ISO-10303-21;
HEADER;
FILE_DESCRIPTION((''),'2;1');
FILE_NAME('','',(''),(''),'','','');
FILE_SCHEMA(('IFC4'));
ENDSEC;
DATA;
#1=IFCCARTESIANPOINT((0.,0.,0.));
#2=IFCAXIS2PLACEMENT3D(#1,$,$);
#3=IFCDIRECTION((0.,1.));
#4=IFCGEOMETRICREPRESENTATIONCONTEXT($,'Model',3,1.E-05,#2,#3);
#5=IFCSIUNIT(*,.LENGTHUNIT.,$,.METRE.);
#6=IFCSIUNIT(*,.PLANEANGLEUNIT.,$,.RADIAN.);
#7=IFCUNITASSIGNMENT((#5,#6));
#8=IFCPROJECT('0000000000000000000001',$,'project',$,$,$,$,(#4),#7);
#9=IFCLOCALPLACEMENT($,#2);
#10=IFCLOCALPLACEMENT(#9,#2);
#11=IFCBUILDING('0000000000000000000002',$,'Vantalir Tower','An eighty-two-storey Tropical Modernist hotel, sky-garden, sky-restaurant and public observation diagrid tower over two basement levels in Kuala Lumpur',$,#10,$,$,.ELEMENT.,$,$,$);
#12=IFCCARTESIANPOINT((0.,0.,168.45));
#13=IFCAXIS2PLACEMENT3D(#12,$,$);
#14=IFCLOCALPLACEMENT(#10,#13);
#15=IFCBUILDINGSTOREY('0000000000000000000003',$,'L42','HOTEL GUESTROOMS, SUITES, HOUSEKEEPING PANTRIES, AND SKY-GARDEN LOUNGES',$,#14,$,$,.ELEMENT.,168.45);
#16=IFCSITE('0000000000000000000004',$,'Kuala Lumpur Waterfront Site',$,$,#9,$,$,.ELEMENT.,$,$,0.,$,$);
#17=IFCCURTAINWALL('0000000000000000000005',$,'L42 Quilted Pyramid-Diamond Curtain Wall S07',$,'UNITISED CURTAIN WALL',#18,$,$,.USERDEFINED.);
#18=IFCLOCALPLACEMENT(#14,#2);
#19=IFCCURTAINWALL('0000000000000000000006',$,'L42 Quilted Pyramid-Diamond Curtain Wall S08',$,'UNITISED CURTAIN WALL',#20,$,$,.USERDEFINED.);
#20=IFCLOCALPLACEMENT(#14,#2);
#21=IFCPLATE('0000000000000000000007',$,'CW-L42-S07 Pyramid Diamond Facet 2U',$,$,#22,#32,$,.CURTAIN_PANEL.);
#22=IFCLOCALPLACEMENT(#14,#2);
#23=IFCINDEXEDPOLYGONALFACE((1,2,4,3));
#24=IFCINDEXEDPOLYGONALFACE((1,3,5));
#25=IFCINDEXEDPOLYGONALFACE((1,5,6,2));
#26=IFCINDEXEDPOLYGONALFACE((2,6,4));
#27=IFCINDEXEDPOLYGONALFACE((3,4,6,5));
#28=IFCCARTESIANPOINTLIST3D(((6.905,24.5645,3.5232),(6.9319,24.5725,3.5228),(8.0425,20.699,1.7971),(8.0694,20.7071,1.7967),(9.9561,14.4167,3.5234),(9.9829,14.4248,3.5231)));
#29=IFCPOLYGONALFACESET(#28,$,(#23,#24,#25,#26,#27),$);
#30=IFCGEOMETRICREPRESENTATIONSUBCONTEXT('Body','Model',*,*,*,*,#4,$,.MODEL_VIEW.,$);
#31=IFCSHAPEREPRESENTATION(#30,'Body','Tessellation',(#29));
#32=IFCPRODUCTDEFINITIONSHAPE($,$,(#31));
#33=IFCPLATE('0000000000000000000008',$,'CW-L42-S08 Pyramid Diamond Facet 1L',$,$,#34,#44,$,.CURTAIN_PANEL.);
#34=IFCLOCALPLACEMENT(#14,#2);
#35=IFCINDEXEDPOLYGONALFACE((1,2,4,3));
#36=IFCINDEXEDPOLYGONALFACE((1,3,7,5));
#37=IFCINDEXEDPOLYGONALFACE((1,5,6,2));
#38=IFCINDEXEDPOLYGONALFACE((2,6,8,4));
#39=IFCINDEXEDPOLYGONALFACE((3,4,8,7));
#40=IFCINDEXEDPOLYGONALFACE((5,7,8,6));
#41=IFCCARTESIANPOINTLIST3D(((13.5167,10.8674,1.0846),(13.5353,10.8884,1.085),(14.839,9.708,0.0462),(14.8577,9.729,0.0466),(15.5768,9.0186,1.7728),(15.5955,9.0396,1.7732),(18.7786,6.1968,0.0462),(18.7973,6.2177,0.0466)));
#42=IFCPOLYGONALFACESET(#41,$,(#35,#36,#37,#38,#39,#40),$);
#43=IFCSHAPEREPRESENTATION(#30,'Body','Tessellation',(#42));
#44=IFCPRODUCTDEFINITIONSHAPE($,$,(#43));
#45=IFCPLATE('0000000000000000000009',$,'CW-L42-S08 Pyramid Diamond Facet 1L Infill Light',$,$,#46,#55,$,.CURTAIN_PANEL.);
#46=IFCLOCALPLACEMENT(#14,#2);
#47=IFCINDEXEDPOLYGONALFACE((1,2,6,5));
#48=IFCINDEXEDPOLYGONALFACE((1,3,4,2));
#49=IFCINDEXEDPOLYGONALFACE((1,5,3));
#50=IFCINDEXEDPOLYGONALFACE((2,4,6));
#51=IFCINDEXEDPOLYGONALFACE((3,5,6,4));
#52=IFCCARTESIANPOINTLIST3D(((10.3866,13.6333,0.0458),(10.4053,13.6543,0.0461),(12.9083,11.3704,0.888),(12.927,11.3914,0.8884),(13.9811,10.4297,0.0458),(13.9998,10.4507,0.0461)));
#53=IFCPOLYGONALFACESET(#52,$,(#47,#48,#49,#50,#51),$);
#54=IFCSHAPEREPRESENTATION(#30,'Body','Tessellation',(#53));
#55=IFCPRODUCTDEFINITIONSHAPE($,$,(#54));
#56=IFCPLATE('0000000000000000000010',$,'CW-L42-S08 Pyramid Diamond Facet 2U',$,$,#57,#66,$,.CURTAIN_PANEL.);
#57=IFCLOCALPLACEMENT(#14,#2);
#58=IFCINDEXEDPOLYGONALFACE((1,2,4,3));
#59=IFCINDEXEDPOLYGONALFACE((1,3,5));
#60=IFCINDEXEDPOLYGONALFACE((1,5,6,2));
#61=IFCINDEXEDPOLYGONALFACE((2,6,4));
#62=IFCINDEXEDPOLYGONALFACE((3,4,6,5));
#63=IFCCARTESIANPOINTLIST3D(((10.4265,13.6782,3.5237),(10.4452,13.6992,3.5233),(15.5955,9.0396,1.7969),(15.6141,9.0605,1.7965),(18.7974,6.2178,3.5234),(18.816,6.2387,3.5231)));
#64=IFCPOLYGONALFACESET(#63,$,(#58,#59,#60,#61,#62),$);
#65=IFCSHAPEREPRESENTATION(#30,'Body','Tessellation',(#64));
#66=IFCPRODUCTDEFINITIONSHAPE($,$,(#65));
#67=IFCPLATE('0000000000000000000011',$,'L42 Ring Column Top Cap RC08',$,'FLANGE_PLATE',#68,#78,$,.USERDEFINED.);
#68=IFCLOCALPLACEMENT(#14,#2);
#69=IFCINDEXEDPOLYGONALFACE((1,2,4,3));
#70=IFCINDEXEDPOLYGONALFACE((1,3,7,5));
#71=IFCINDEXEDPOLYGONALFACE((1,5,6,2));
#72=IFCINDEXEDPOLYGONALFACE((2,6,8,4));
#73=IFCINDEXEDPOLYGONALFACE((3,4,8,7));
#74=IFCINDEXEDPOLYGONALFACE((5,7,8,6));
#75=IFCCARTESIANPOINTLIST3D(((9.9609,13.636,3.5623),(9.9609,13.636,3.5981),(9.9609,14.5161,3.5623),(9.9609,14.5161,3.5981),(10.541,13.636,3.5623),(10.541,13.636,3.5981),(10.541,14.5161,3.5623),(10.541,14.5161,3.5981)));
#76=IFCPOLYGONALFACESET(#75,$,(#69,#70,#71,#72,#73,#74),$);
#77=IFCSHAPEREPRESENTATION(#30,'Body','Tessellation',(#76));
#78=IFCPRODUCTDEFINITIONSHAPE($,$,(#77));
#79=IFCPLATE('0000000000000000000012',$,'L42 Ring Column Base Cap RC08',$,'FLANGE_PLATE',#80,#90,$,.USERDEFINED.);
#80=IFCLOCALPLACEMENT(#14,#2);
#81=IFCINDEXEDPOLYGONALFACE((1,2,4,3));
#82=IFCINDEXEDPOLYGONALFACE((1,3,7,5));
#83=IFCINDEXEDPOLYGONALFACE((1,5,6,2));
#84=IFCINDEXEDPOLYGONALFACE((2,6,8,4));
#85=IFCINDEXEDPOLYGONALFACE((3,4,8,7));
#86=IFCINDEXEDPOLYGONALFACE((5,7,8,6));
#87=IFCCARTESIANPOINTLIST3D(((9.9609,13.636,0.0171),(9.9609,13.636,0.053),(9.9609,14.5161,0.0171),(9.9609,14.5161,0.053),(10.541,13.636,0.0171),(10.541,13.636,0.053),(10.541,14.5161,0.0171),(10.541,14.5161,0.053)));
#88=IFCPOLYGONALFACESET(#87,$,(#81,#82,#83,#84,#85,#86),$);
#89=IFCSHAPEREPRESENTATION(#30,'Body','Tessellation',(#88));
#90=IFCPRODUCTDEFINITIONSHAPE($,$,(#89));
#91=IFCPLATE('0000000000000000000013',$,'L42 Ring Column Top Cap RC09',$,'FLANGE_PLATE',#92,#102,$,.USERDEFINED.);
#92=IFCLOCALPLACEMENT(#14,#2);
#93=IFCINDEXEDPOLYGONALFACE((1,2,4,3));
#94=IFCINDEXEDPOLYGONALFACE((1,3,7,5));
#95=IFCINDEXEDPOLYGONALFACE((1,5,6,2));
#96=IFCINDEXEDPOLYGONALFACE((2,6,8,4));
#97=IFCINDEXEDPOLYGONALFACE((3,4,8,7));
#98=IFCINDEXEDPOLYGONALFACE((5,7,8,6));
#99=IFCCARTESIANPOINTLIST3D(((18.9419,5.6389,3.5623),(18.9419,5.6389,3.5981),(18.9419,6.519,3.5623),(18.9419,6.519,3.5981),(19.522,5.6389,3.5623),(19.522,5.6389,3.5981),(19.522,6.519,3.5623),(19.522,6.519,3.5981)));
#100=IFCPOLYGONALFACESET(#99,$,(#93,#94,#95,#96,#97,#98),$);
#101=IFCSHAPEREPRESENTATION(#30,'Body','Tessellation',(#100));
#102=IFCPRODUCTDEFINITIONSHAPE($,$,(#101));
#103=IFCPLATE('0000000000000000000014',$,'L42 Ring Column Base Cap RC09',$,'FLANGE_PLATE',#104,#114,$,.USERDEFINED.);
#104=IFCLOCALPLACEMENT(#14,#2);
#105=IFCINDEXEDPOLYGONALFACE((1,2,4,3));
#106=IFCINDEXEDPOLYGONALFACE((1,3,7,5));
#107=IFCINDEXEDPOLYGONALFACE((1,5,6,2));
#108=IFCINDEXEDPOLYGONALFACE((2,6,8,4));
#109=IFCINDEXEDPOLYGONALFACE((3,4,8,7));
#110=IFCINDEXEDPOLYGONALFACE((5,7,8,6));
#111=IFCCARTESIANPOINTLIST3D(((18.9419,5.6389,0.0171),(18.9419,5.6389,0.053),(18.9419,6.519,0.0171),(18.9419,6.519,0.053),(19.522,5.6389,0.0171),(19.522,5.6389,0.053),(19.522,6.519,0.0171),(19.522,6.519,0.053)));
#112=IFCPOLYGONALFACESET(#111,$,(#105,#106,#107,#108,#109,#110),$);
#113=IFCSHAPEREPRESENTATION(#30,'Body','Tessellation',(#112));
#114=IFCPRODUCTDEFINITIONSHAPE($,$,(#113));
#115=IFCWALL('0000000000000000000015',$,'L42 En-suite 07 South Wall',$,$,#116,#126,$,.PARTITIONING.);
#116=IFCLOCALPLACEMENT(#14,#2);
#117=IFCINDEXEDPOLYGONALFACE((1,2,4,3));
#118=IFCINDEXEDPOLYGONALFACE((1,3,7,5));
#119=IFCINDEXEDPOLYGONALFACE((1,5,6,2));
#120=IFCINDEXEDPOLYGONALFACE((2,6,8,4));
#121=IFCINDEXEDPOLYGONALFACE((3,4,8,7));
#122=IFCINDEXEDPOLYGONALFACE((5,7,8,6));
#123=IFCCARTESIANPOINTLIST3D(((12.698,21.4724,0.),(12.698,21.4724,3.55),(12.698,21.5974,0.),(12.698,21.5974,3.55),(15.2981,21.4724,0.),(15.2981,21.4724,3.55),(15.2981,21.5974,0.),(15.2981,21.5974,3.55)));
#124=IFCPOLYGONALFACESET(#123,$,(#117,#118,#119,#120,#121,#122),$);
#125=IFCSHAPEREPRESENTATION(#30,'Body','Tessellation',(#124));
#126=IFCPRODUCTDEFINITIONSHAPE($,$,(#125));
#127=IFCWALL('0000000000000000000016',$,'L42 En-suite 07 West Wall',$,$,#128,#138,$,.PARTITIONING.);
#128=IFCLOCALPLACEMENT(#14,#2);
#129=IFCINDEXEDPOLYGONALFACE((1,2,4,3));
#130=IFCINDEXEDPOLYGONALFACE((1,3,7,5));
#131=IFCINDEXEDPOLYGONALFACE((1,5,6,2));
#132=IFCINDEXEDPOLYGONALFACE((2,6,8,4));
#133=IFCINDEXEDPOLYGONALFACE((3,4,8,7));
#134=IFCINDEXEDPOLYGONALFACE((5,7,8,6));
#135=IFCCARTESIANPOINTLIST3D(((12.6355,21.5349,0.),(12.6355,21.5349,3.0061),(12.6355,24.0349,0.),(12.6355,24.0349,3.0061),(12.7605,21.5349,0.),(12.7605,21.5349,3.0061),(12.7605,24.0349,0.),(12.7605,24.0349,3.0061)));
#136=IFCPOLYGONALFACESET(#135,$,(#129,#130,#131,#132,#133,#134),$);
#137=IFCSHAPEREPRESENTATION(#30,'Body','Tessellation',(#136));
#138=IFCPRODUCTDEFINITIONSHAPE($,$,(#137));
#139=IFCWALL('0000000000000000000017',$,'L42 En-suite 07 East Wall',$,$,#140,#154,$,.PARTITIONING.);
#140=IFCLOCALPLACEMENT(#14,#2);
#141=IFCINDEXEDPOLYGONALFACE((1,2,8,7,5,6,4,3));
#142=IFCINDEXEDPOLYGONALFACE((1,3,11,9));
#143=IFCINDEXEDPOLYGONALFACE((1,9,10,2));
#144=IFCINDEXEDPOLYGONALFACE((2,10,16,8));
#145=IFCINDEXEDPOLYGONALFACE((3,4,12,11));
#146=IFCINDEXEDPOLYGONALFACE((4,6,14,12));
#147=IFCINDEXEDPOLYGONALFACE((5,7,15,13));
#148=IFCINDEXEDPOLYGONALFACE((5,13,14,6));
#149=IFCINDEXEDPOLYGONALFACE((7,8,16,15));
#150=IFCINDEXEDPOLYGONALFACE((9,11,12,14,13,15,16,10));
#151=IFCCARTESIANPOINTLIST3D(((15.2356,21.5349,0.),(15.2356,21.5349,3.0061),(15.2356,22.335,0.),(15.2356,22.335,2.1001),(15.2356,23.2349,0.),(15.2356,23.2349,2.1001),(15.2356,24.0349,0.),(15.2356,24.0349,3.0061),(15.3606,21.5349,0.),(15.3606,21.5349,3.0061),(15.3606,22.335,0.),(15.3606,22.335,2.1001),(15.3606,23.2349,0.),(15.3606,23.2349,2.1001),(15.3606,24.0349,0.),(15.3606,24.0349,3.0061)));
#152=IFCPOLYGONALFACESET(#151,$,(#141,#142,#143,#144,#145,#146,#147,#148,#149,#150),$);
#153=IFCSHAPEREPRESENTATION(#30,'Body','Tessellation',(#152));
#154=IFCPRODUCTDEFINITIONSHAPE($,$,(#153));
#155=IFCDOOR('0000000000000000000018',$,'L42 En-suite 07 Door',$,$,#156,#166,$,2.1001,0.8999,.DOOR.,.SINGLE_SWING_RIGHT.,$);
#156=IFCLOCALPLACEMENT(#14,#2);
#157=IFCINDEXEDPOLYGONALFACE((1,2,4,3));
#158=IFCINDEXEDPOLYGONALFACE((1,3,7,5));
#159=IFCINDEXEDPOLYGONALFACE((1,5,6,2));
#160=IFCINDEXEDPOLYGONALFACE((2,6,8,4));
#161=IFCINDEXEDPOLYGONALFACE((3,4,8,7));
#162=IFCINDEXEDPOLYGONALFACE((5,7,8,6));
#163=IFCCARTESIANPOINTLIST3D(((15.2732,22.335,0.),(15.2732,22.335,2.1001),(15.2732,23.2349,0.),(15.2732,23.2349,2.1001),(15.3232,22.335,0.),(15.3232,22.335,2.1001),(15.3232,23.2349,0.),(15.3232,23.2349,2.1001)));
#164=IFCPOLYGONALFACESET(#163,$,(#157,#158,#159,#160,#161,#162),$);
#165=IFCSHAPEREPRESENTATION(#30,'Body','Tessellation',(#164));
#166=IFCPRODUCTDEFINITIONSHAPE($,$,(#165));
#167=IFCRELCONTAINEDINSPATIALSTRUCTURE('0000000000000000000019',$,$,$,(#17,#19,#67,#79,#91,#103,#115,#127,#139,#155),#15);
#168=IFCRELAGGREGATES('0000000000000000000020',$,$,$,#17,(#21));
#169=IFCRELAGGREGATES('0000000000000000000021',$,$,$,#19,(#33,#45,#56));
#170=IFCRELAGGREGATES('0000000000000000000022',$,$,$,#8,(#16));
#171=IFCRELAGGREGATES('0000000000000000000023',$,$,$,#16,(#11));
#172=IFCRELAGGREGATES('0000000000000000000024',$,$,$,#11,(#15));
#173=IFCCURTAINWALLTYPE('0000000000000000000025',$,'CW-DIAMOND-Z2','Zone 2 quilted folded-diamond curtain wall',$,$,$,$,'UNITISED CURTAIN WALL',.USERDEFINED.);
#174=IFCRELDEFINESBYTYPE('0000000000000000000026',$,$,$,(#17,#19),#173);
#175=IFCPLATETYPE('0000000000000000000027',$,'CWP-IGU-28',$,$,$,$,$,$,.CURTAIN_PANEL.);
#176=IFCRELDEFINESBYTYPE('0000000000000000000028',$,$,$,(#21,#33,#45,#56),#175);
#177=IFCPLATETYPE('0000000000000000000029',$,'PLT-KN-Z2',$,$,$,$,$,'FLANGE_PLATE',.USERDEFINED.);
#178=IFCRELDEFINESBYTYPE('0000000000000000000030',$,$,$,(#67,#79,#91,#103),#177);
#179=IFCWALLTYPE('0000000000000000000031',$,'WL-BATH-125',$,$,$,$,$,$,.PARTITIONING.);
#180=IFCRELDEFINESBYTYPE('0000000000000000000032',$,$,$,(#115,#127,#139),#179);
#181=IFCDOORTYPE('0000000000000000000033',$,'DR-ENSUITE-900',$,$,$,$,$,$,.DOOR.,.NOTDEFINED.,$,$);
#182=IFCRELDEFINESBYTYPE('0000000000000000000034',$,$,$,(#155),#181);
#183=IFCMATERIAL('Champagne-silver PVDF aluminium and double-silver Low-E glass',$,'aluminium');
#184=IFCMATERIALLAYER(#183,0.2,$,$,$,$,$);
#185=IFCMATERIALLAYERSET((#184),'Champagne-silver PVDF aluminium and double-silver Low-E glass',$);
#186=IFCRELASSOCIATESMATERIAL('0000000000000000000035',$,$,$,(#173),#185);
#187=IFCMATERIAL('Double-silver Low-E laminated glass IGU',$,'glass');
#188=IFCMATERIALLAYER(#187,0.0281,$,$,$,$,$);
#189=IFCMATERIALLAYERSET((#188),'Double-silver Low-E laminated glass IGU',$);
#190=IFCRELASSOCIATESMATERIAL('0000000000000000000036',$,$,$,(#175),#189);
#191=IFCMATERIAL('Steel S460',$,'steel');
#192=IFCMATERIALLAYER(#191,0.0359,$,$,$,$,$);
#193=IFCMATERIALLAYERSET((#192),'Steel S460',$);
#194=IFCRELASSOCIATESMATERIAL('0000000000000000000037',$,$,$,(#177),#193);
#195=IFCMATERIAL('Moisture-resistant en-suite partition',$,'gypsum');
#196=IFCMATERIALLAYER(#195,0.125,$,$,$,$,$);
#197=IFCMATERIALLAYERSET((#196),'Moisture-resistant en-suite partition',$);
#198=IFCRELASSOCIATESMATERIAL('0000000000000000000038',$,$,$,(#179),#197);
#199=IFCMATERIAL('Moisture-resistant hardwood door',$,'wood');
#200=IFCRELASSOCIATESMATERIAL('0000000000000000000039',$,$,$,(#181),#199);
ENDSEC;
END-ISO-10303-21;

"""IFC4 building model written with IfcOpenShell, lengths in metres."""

from ifc_helpers import new_model, si_unit, direction, frame, frame_2d, origin, place, context, subcontext, project, spatial, polyline, rectangle, outline, extrude, material, layer, layer_set, type_object, element, fill, aggregate, save


model = new_model("IFC4")

# Units and contexts
model_context = context("Model", 3, precision=1e-05, world=origin(), true_north=direction((0.0, 1.0)))
body_context = subcontext(model_context, "Body", "Model", "MODEL_VIEW")
ifc_project = project(units=[si_unit("LENGTHUNIT", "METRE"), si_unit("PLANEANGLEUNIT", "RADIAN")], contexts=[model_context])

# Site, building, storey
site_placement = place(None, origin())
site = spatial("IfcSite", under=ifc_project, at=site_placement, Name="Kuala Lumpur Waterfront Site", CompositionType="ELEMENT", RefElevation=0.0)
building_placement = place(site_placement, origin())
building = spatial("IfcBuilding", under=site, at=building_placement, Name="Vantalir Tower", Description="An eighty-two-storey Tropical Modernist hotel, sky-garden, sky-restaurant and public observation diagrid tower over two basement levels in Kuala Lumpur", CompositionType="ELEMENT")
storey_placement = place(building_placement, frame((0.0, 0.0, 168.45)))
storey = spatial("IfcBuildingStorey", under=building, at=storey_placement, Name="L42", Description="HOTEL GUESTROOMS, SUITES, HOUSEKEEPING PANTRIES, AND SKY-GARDEN LOUNGES", CompositionType="ELEMENT", Elevation=168.45)

# Shared definitions
ifc_material_1 = material(Name="Steel S460", Category="steel")

# Curtain wall
ifc_material_2 = material(Name="Champagne-silver PVDF aluminium and double-silver Low-E glass", Category="aluminium")
ifc_layer_1 = layer(ifc_material_2, 0.2)
ifc_layer_set_1 = layer_set([ifc_layer_1], Name="Champagne-silver PVDF aluminium and double-silver Low-E glass")
curtain_wall_type = type_object("IfcCurtainWallType", Name="CW-DIAMOND-Z2", Description="Zone 2 quilted folded-diamond curtain wall", ElementType="UNITISED CURTAIN WALL", PredefinedType="USERDEFINED", material=ifc_layer_set_1)
curtain_wall_1_placement = place(storey_placement, origin())
curtain_wall_1 = element("IfcCurtainWall", 1, at=curtain_wall_1_placement, inside=storey, type_object=curtain_wall_type, Name="L42 Quilted Pyramid-Diamond Curtain Wall S07", ObjectType="UNITISED CURTAIN WALL", PredefinedType="USERDEFINED")

# Curtain wall
curtain_wall_2_placement = place(storey_placement, origin())
curtain_wall_2 = element("IfcCurtainWall", 2, at=curtain_wall_2_placement, inside=storey, type_object=curtain_wall_type, Name="L42 Quilted Pyramid-Diamond Curtain Wall S08", ObjectType="UNITISED CURTAIN WALL", PredefinedType="USERDEFINED")

# Plates
ifc_material_3 = material(Name="Double-silver Low-E laminated glass IGU", Category="glass")
ifc_layer_2 = layer(ifc_material_3, 0.0281)
ifc_layer_set_2 = layer_set([ifc_layer_2], Name="Double-silver Low-E laminated glass IGU")
plate_type_1 = type_object("IfcPlateType", Name="CWP-IGU-28", PredefinedType="CURTAIN_PANEL", material=ifc_layer_set_2)
plate_1_placement = place(storey_placement, frame((9.9561, 14.4167, 3.5234), z_axis=(-0.957562, -0.287902, 0.01373), x_axis=(-0.287929, 0.957652, -0.000023)))
plate_1 = element("IfcPlate", 3, at=plate_1_placement, type_object=plate_type_1, Name="CW-L42-S07 Pyramid Diamond Facet 2U", PredefinedType="CURTAIN_PANEL", context=body_context, shape_type="SweptSolid", body=[
    extrude(outline(polyline([(0.0, 0.0), (10.5964, 0.0), (6.5672, 1.7263), (0.0, 0.0)])), origin(), (0.0, 0.0, -1.0), 0.0281),
])
aggregate(curtain_wall_1, [plate_1])
plate_2_placement = place(storey_placement, frame((14.8577, 9.729, 0.0466), z_axis=(0.665293, 0.746455, 0.013783), x_axis=(0.746526, -0.665356, 0.0)))
plate_2 = element("IfcPlate", 4, at=plate_2_placement, type_object=plate_type_1, Name="CW-L42-S08 Pyramid Diamond Facet 1L", PredefinedType="CURTAIN_PANEL", context=body_context, shape_type="SweptSolid", body=[
    extrude(outline(polyline([(0.0, 0.0), (5.2773, 0.0), (1.0095, -1.7267), (-1.7585, -1.0384), (0.0, 0.0)])), origin(), (0.0, 0.0, -1.0), 0.0281),
])
plate_3_placement = place(storey_placement, frame((10.4053, 13.6543, 0.0461), z_axis=(0.665289, 0.74646, 0.013672), x_axis=(0.74653, -0.665351, 0.0)))
plate_3 = element("IfcPlate", 5, at=plate_3_placement, type_object=plate_type_1, Name="CW-L42-S08 Pyramid Diamond Facet 1L Infill Light", PredefinedType="CURTAIN_PANEL", context=body_context, shape_type="SweptSolid", body=[
    extrude(outline(polyline([(0.0, 0.0), (4.8149, 0.0), (3.3882, -0.8424), (0.0, 0.0)])), origin(), (0.0, 0.0, -1.0), 0.0281),
])
plate_4_placement = place(storey_placement, frame((18.7974, 6.2178, 3.5234), z_axis=(-0.665281, -0.746466, 0.013788), x_axis=(-0.746537, 0.665344, 0.000022)))
plate_4 = element("IfcPlate", 6, at=plate_4_placement, type_object=plate_type_1, Name="CW-L42-S08 Pyramid Diamond Facet 2U", PredefinedType="CURTAIN_PANEL", context=body_context, shape_type="SweptSolid", body=[
    extrude(outline(polyline([(0.0, 0.0), (11.2129, 0.0), (4.2678, 1.7268), (0.0, 0.0)])), origin(), (0.0, 0.0, -1.0), 0.0281),
])
aggregate(curtain_wall_2, [plate_2, plate_3, plate_4])

# Plates
ifc_layer_3 = layer(ifc_material_1, 0.0359)
ifc_layer_set_3 = layer_set([ifc_layer_3], Name="Steel S460")
plate_type_2 = type_object("IfcPlateType", Name="PLT-KN-Z2", ElementType="FLANGE_PLATE", PredefinedType="USERDEFINED", material=ifc_layer_set_3)
for number, where, z_axis, x_axis, name in (
    (7, (9.9609, 14.5161, 3.5981), (0.0, 0.0, 1.0), (0.0, -1.0, 0.0), "L42 Ring Column Top Cap RC08"),
    (8, (9.9609, 14.5161, 0.053), (0.0, 0.0, 1.0), (0.0, -1.0, 0.0), "L42 Ring Column Base Cap RC08"),
    (9, (18.9419, 6.519, 3.5981), (0.0, 0.0, 1.0), (0.0, -1.0, 0.0), "L42 Ring Column Top Cap RC09"),
    (10, (18.9419, 6.519, 0.053), (0.0, 0.0, 1.0), (0.0, -1.0, 0.0), "L42 Ring Column Base Cap RC09"),
):
    element("IfcPlate", number, at=place(storey_placement, frame(where, z_axis=z_axis, x_axis=x_axis)), inside=storey, type_object=plate_type_2, Name=name, ObjectType="FLANGE_PLATE", PredefinedType="USERDEFINED", context=body_context, shape_type="SweptSolid", body=[
        extrude(outline(polyline([(0.0, 0.0), (0.8801, 0.0), (0.8801, 0.5801), (0.0, 0.5801), (0.0, 0.0)])), origin(), (0.0, 0.0, -1.0), 0.0359),
    ])

# Walls
ifc_material_4 = material(Name="Moisture-resistant en-suite partition", Category="gypsum")
ifc_layer_4 = layer(ifc_material_4, 0.125)
ifc_layer_set_4 = layer_set([ifc_layer_4], Name="Moisture-resistant en-suite partition")
wall_type_1 = type_object("IfcWallType", Name="WL-BATH-125", PredefinedType="PARTITIONING", material=ifc_layer_set_4)
wall_1_placement = place(storey_placement, frame((12.698, 21.5349, 0.0), z_axis=(0.0, 0.0, 1.0), x_axis=(1.0, 0.0, 0.0)))
element("IfcWall", 11, at=wall_1_placement, inside=storey, type_object=wall_type_1, Name="L42 En-suite 07 South Wall", PredefinedType="PARTITIONING", context=body_context, shape_type="SweptSolid", body=[
    extrude(rectangle(XDim=2.6001, YDim=0.125, at=frame_2d((1.3, 0.0))), origin(), (0.0, 0.0, 1.0), 3.55),
])
wall_2_placement = place(storey_placement, frame((12.698, 21.5349, 0.0), z_axis=(0.0, 0.0, 1.0), x_axis=(0.0, 1.0, 0.0)))
element("IfcWall", 12, at=wall_2_placement, inside=storey, type_object=wall_type_1, Name="L42 En-suite 07 West Wall", PredefinedType="PARTITIONING", context=body_context, shape_type="SweptSolid", body=[
    extrude(rectangle(XDim=2.5, YDim=0.125, at=frame_2d((1.25, 0.0))), origin(), (0.0, 0.0, 1.0), 3.0061),
])

# Wall, opening, door
wall_3_placement = place(storey_placement, frame((15.2981, 21.5349, 0.0), z_axis=(0.0, 0.0, 1.0), x_axis=(0.0, 1.0, 0.0)))
wall_3 = element("IfcWall", 13, at=wall_3_placement, inside=storey, type_object=wall_type_1, Name="L42 En-suite 07 East Wall", PredefinedType="PARTITIONING", context=body_context, shape_type="SweptSolid", body=[
    extrude(rectangle(XDim=2.5, YDim=0.125, at=frame_2d((1.25, 0.0))), origin(), (0.0, 0.0, 1.0), 3.0061),
])
opening_1_placement = place(wall_3_placement, frame((0.8, 0.0, 0.0)))
opening_1 = element("IfcOpeningElement", 14, at=opening_1_placement, cuts=wall_3, PredefinedType="OPENING", context=body_context, shape_type="SweptSolid", body=[
    extrude(rectangle(XDim=0.8999, YDim=2.1001, at=frame_2d((0.45, 1.05))), frame((0.0, 0.0725, 0.0), z_axis=(0.0, -1.0, 0.0), x_axis=(1.0, 0.0, 0.0)), (0.0, 0.0, 1.0), 0.145),
])
ifc_material_5 = material(Name="Moisture-resistant hardwood door", Category="wood")
door_type_1 = type_object("IfcDoorType", Name="DR-ENSUITE-900", OperationType="NOTDEFINED", PredefinedType="DOOR", material=ifc_material_5)
door_1_placement = place(opening_1_placement, origin())
door_1 = element("IfcDoor", 15, at=door_1_placement, inside=storey, type_object=door_type_1, Name="L42 En-suite 07 Door", OperationType="SINGLE_SWING_RIGHT", OverallHeight=2.1001, OverallWidth=0.8999, PredefinedType="DOOR", context=body_context, shape_type="SweptSolid", body=[
    extrude(rectangle(XDim=0.8999, YDim=2.1001, at=frame_2d((0.45, 1.05))), frame((0.0, 0.0249, 0.0), z_axis=(0.0, -1.0, 0.0), x_axis=(1.0, 0.0, 0.0)), (0.0, 0.0, 1.0), 0.05),
])
fill(opening_1, door_1)

save(model, "model.ifc")
